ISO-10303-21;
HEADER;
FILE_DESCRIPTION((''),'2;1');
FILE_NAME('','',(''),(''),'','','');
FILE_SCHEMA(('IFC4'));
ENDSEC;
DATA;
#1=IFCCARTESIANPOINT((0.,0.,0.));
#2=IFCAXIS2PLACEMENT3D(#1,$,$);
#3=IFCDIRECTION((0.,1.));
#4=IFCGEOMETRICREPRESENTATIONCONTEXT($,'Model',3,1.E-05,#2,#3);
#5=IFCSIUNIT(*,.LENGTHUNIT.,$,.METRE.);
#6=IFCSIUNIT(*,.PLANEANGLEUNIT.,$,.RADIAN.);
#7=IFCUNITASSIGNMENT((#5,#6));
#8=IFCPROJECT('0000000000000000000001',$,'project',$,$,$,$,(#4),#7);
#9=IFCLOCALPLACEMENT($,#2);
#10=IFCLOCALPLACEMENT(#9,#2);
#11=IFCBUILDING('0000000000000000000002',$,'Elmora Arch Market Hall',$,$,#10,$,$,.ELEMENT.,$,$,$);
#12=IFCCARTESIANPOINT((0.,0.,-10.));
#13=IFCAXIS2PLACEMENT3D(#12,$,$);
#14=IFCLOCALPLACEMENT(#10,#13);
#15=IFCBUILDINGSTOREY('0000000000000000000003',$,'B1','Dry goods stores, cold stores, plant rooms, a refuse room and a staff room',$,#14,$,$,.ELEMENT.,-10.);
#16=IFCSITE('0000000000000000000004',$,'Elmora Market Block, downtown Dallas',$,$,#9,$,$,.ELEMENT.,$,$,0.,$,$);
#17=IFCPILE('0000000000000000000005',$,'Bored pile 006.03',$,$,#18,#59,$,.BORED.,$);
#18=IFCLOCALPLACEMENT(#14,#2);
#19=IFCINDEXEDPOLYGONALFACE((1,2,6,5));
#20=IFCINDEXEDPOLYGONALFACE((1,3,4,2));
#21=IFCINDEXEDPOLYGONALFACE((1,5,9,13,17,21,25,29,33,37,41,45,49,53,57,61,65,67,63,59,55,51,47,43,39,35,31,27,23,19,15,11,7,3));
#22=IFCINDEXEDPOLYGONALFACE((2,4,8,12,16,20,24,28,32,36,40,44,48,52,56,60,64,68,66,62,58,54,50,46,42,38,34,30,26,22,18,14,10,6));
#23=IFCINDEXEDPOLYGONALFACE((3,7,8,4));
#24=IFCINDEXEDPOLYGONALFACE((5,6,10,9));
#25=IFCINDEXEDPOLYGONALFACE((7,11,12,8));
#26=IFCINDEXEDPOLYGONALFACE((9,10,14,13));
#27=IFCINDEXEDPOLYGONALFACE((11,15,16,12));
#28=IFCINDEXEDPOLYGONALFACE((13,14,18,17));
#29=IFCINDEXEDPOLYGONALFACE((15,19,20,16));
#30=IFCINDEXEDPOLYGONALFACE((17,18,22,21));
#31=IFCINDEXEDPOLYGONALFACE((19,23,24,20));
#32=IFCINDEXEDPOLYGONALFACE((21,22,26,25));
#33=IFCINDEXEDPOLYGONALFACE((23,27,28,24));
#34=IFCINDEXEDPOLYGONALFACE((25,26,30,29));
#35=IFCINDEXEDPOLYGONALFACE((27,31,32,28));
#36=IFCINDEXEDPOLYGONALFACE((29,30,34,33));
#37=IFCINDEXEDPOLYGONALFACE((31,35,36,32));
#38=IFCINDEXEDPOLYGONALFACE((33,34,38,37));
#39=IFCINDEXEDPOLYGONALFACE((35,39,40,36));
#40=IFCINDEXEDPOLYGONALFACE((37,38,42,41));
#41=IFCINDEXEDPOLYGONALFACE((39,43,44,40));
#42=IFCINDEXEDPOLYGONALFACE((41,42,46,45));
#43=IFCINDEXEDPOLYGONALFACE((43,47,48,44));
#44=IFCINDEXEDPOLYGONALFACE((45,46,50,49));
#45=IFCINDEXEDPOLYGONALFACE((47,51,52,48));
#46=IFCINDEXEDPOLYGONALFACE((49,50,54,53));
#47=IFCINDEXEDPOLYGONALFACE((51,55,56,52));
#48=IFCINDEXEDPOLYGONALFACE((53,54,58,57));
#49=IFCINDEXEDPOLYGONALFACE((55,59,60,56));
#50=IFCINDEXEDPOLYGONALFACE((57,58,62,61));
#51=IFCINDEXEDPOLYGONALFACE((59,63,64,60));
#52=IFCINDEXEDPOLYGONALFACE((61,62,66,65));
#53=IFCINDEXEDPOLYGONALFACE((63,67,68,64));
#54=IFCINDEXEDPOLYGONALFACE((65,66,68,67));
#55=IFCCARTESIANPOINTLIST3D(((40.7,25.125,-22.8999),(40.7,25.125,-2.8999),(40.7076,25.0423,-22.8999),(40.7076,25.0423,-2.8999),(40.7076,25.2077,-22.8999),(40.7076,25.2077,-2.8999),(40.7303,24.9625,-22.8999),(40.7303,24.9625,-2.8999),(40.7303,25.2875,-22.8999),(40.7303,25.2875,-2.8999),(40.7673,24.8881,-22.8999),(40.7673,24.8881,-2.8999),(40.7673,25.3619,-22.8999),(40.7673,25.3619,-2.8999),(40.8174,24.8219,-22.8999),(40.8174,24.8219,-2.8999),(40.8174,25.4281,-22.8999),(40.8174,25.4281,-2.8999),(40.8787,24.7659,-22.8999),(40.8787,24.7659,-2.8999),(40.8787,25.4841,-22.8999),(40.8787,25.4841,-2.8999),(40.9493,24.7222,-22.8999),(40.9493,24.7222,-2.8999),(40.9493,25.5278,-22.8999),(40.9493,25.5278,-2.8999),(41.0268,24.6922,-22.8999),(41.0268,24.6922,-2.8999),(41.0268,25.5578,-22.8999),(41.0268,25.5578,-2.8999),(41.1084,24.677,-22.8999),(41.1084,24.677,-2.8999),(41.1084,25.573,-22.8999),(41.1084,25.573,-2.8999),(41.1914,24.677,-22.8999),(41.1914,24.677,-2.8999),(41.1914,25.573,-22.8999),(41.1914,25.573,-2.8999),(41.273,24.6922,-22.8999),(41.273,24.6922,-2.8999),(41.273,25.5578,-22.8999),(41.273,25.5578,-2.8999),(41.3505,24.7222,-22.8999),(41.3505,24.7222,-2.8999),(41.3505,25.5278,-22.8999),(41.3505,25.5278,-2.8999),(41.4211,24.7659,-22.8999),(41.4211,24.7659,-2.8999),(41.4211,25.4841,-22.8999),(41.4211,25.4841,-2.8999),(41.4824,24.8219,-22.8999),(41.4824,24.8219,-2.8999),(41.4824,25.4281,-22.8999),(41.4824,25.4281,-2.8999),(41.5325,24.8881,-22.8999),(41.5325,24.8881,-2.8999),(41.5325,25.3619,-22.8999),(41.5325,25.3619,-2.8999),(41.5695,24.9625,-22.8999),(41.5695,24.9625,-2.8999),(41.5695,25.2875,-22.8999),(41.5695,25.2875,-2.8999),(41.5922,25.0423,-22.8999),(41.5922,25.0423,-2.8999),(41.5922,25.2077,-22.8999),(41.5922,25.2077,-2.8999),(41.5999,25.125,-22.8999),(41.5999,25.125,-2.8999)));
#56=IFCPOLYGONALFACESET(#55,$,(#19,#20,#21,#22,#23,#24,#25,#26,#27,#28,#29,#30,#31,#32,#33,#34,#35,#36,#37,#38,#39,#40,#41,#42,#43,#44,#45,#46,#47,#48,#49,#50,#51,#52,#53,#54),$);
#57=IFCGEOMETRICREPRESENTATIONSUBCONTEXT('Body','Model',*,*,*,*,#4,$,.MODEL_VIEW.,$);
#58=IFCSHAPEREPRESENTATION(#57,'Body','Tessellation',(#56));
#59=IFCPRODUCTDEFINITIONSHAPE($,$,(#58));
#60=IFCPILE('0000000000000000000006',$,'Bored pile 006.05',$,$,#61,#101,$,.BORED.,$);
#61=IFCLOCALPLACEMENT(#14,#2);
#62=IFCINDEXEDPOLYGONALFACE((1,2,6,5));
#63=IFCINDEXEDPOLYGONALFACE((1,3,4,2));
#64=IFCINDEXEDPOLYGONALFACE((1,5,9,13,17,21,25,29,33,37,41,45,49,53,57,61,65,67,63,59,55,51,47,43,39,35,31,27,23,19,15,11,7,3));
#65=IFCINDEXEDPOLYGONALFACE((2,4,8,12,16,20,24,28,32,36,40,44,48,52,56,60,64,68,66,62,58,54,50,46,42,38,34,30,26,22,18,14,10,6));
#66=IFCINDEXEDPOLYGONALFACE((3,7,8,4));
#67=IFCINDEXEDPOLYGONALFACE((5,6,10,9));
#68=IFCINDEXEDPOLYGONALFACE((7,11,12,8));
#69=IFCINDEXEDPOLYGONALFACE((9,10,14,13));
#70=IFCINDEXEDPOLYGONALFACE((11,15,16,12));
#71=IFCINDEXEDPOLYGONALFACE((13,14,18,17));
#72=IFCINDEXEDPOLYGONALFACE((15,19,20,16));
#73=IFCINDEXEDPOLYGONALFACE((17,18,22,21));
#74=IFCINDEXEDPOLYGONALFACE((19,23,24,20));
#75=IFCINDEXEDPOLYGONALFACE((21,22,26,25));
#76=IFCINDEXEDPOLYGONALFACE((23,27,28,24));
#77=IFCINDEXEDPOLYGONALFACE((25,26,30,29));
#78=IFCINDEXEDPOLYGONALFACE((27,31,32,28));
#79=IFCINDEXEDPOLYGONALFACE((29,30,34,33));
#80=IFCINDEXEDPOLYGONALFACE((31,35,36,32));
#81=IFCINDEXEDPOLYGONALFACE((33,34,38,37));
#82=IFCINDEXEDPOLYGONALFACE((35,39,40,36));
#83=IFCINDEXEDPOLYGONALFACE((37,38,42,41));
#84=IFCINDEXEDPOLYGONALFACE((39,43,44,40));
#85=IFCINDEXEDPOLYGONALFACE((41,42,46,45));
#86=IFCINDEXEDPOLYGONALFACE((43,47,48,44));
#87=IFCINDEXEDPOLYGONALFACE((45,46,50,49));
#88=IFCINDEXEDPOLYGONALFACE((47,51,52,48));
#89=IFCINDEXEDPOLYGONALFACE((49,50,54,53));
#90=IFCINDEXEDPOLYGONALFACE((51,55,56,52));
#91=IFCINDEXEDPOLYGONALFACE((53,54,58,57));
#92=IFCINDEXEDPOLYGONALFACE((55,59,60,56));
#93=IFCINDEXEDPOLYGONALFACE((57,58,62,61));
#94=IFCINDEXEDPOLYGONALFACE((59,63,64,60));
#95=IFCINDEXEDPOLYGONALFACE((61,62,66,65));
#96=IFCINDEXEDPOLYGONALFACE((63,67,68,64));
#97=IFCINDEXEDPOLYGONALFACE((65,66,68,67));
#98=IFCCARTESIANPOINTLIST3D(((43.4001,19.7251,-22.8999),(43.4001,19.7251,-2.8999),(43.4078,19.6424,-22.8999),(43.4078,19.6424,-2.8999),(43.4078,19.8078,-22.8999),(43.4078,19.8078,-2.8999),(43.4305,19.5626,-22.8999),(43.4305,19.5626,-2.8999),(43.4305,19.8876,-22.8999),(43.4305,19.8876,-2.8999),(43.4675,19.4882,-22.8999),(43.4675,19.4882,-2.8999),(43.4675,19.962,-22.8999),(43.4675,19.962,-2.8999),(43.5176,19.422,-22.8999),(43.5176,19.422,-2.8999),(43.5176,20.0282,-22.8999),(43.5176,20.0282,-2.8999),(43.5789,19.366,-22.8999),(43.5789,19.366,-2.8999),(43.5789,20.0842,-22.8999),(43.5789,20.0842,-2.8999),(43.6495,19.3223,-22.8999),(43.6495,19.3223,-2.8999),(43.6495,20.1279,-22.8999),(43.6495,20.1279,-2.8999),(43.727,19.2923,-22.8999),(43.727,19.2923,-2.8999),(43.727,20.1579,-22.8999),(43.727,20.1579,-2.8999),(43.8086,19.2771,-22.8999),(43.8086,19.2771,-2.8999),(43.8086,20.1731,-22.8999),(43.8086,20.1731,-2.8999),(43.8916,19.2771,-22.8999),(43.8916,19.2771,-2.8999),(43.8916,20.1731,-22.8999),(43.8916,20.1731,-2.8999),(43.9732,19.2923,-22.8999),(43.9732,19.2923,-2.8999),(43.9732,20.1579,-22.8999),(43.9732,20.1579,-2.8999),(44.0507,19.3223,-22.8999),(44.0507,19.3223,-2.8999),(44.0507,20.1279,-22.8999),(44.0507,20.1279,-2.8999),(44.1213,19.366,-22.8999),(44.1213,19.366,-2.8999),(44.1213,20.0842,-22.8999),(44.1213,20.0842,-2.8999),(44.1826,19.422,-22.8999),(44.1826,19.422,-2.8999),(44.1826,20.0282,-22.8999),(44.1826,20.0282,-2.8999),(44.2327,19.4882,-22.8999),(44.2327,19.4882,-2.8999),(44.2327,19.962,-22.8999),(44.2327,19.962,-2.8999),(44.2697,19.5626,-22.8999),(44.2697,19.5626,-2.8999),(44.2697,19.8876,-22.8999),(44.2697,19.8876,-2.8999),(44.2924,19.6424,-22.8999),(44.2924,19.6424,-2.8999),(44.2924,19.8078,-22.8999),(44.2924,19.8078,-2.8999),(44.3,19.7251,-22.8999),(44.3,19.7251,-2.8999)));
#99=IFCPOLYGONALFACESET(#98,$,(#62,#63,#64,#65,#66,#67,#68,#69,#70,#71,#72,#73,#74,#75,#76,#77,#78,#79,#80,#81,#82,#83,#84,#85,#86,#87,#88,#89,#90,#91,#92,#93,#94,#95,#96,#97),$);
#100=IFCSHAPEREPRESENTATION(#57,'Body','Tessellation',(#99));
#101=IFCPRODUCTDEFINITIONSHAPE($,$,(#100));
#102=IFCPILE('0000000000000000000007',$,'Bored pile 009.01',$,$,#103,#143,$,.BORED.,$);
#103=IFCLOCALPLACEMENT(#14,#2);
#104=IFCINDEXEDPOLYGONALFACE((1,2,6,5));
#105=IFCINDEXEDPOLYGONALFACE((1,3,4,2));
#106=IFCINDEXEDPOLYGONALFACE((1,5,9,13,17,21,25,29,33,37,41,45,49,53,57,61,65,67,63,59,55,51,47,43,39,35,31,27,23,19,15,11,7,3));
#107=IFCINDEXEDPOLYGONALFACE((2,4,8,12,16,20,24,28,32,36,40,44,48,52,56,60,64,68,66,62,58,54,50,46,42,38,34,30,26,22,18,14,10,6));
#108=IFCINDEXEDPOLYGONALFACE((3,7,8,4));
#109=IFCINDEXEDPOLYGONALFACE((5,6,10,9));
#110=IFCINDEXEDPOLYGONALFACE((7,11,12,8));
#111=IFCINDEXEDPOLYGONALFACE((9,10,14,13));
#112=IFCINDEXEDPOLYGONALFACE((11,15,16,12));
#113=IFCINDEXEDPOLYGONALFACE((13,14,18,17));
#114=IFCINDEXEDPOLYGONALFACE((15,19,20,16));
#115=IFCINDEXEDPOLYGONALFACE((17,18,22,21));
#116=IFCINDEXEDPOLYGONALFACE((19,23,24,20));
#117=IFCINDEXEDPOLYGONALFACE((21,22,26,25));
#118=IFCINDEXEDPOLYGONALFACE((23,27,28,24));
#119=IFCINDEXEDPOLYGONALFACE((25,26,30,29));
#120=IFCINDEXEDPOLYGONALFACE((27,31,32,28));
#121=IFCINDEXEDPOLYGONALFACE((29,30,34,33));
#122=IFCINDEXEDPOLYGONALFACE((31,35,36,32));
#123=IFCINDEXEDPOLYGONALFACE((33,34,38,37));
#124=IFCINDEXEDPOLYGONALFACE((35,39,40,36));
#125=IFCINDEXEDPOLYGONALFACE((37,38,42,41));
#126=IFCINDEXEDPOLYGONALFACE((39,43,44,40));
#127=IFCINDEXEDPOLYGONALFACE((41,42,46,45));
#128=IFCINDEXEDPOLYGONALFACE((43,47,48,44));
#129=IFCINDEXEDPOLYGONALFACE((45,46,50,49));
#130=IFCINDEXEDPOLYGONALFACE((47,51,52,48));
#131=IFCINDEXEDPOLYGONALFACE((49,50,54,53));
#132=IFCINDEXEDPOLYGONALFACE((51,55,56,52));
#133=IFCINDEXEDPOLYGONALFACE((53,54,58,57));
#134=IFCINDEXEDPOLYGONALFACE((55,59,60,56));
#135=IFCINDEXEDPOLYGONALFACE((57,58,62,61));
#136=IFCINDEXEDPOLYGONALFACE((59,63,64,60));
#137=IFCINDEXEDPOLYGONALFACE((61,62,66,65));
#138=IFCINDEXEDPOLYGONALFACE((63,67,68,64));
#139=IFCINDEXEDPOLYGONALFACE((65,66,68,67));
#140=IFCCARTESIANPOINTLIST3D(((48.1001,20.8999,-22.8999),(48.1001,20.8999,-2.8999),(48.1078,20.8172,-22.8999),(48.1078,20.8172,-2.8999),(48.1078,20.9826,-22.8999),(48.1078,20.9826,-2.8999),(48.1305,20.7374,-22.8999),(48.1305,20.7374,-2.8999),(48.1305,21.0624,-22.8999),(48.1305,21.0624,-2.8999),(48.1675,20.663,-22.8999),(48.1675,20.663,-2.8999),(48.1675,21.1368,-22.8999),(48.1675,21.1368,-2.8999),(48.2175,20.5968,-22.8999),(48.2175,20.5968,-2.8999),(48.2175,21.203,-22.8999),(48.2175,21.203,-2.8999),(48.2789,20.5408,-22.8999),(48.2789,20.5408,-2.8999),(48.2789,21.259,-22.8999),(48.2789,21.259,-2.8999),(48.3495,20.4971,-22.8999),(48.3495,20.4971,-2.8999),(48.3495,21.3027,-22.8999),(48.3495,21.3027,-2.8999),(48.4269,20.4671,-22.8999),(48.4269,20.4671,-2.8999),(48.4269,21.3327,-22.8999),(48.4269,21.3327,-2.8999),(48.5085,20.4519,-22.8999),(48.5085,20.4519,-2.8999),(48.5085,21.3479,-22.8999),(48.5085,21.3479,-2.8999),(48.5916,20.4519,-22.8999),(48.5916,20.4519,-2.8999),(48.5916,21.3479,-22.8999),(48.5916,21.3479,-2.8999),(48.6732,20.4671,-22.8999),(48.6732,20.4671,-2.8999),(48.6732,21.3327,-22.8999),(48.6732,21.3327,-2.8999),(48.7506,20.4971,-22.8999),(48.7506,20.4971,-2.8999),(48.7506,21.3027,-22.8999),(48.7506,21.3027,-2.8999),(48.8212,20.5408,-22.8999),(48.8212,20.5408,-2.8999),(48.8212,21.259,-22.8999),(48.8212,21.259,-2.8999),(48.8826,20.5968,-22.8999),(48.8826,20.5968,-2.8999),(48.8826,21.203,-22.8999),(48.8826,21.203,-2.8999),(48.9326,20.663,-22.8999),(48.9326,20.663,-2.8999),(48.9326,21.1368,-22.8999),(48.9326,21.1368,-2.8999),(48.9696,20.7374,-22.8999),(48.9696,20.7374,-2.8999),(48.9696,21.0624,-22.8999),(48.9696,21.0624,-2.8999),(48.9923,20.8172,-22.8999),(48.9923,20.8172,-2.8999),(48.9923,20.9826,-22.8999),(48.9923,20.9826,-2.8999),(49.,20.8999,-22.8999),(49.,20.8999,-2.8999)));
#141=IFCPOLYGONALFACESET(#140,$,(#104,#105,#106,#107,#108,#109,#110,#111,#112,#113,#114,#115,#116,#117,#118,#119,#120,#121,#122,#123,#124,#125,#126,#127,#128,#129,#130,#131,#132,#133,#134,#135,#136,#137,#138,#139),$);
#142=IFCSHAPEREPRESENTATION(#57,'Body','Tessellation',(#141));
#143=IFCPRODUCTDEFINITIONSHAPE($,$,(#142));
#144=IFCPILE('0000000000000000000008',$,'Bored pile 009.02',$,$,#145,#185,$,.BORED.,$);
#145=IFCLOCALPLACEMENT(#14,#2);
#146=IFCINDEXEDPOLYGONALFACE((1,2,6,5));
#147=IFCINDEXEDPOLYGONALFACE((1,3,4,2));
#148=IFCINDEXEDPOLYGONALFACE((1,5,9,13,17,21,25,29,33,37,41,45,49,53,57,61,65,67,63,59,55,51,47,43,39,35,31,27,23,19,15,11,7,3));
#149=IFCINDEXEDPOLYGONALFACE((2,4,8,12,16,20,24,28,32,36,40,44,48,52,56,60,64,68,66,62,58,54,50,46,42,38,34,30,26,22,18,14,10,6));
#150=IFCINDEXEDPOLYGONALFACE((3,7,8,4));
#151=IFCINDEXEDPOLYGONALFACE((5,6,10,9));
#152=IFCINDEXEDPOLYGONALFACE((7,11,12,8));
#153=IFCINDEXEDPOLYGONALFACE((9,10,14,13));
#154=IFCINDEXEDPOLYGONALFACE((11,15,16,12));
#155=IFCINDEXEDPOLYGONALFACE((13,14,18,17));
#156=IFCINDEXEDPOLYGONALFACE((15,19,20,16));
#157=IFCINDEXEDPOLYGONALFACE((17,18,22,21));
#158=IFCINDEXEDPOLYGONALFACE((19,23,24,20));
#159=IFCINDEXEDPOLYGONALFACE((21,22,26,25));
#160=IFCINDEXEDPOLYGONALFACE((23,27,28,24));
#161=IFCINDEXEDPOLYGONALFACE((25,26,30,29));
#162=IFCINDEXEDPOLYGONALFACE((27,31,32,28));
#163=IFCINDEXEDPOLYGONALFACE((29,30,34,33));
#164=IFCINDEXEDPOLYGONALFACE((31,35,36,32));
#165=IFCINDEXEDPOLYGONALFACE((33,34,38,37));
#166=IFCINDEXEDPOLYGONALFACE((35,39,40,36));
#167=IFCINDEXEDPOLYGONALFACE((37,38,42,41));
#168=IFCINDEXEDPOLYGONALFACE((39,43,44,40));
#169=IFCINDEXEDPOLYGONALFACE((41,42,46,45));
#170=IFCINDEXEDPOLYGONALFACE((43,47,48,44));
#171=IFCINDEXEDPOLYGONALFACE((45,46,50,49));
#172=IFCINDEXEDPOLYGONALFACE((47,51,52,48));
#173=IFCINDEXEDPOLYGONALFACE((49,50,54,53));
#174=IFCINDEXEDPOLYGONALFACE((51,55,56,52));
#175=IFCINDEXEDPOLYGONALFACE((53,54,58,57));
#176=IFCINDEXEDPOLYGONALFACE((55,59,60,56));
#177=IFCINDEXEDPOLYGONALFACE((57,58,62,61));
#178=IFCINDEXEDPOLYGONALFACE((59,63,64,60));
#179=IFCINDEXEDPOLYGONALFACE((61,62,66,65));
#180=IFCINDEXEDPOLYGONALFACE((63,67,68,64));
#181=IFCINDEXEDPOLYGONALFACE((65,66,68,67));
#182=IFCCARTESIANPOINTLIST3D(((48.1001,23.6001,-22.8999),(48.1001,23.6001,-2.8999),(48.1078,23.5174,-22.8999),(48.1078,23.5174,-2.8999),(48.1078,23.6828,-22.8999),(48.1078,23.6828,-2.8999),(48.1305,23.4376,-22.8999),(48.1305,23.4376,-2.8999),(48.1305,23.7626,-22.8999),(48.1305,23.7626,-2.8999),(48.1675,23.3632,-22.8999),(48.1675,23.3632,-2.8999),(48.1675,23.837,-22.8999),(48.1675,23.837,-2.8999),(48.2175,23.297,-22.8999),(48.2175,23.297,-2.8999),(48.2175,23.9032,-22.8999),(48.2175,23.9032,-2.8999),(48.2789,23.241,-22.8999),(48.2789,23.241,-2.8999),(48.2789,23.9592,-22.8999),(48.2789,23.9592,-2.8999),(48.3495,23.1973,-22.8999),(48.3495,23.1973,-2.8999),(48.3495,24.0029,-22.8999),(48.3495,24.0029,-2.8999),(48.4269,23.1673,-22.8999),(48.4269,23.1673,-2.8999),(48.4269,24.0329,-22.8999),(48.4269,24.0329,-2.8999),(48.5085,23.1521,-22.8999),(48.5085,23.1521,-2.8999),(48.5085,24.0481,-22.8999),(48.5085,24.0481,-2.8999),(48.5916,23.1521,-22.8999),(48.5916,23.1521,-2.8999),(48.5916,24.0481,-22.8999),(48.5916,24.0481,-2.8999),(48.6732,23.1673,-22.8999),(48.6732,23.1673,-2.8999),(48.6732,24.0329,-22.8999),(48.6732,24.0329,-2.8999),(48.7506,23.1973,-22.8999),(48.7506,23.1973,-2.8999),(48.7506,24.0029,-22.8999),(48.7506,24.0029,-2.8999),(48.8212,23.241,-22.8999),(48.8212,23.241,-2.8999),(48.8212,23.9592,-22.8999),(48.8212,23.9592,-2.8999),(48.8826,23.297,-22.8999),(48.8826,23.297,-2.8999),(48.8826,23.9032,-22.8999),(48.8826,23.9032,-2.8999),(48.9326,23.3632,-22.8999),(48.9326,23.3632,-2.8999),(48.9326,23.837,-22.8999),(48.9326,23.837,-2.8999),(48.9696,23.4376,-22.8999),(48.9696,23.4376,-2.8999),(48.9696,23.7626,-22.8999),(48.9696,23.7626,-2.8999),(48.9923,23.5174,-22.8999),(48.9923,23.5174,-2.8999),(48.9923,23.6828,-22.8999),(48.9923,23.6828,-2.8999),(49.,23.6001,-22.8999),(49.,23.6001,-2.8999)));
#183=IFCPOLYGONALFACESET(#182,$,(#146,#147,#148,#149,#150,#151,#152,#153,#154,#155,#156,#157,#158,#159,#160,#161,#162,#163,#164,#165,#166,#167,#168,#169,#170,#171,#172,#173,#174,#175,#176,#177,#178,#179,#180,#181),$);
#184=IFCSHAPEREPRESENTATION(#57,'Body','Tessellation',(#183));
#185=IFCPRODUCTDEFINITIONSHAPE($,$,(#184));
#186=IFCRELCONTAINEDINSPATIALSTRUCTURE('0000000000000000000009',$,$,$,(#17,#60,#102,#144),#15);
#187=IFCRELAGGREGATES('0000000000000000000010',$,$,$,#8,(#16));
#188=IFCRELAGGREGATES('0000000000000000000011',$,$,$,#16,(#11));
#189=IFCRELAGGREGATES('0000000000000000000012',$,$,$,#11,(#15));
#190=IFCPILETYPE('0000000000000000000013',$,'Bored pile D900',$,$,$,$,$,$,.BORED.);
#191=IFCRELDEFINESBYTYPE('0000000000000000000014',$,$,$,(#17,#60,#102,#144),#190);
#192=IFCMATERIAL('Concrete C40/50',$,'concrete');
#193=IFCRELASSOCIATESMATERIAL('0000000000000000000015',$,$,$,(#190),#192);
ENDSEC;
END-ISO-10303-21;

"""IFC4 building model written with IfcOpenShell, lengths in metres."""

from ifc_helpers import new_model, si_unit, direction, frame, origin, origin_2d, place, context, subcontext, project, spatial, circle, extrude, material, material_profile, profile_set, type_object, element, save


model = new_model("IFC4")

# Units and contexts
model_context = context("Model", 3, precision=1e-05, world=origin(), true_north=direction((0.0, 1.0)))
body_context = subcontext(model_context, "Body", "Model", "MODEL_VIEW")
ifc_project = project(units=[si_unit("LENGTHUNIT", "METRE"), si_unit("PLANEANGLEUNIT", "RADIAN")], contexts=[model_context])

# Site, building, storey
site_placement = place(None, origin())
site = spatial("IfcSite", under=ifc_project, at=site_placement, Name="Elmora Market Block, downtown Dallas", CompositionType="ELEMENT", RefElevation=0.0)
building_placement = place(site_placement, origin())
building = spatial("IfcBuilding", under=site, at=building_placement, Name="Elmora Arch Market Hall", CompositionType="ELEMENT")
storey_placement = place(building_placement, frame((0.0, 0.0, -10.0)))
storey = spatial("IfcBuildingStorey", under=building, at=storey_placement, Name="B1", Description="Dry goods stores, cold stores, plant rooms, a refuse room and a staff room", CompositionType="ELEMENT", Elevation=-10.0)

# Piles
ifc_material_1 = material(Name="Concrete C40/50", Category="concrete")
ifc_material_profile_1 = material_profile(ifc_material_1, circle(Radius=0.45, at=origin_2d()), Name="Bored pile D900")
ifc_profile_set_1 = profile_set([ifc_material_profile_1], Name="Concrete C40/50")
pile_type = type_object("IfcPileType", Name="Bored pile D900", PredefinedType="BORED", material=ifc_profile_set_1)
for number, where, z_axis, x_axis, name in (
    (1, (41.1499, 25.125, -2.8999), (0.0, 0.0, -1.0), (1.0, 0.0, 0.0), "Bored pile 006.03"),
    (2, (43.8501, 19.7251, -2.8999), (0.0, 0.0, -1.0), (1.0, 0.0, 0.0), "Bored pile 006.05"),
    (3, (48.55, 20.8999, -2.8999), (0.0, 0.0, -1.0), (1.0, 0.0, 0.0), "Bored pile 009.01"),
    (4, (48.55, 23.6001, -2.8999), (0.0, 0.0, -1.0), (1.0, 0.0, 0.0), "Bored pile 009.02"),
):
    element("IfcPile", number, at=place(storey_placement, frame(where, z_axis=z_axis, x_axis=x_axis)), inside=storey, type_object=pile_type, Name=name, PredefinedType="BORED", context=body_context, shape_type="SweptSolid", body=[
        extrude(circle(Radius=0.45, at=origin_2d()), origin(), (0.0, 0.0, 1.0), 20.0),
    ])

save(model, "model.ifc")
